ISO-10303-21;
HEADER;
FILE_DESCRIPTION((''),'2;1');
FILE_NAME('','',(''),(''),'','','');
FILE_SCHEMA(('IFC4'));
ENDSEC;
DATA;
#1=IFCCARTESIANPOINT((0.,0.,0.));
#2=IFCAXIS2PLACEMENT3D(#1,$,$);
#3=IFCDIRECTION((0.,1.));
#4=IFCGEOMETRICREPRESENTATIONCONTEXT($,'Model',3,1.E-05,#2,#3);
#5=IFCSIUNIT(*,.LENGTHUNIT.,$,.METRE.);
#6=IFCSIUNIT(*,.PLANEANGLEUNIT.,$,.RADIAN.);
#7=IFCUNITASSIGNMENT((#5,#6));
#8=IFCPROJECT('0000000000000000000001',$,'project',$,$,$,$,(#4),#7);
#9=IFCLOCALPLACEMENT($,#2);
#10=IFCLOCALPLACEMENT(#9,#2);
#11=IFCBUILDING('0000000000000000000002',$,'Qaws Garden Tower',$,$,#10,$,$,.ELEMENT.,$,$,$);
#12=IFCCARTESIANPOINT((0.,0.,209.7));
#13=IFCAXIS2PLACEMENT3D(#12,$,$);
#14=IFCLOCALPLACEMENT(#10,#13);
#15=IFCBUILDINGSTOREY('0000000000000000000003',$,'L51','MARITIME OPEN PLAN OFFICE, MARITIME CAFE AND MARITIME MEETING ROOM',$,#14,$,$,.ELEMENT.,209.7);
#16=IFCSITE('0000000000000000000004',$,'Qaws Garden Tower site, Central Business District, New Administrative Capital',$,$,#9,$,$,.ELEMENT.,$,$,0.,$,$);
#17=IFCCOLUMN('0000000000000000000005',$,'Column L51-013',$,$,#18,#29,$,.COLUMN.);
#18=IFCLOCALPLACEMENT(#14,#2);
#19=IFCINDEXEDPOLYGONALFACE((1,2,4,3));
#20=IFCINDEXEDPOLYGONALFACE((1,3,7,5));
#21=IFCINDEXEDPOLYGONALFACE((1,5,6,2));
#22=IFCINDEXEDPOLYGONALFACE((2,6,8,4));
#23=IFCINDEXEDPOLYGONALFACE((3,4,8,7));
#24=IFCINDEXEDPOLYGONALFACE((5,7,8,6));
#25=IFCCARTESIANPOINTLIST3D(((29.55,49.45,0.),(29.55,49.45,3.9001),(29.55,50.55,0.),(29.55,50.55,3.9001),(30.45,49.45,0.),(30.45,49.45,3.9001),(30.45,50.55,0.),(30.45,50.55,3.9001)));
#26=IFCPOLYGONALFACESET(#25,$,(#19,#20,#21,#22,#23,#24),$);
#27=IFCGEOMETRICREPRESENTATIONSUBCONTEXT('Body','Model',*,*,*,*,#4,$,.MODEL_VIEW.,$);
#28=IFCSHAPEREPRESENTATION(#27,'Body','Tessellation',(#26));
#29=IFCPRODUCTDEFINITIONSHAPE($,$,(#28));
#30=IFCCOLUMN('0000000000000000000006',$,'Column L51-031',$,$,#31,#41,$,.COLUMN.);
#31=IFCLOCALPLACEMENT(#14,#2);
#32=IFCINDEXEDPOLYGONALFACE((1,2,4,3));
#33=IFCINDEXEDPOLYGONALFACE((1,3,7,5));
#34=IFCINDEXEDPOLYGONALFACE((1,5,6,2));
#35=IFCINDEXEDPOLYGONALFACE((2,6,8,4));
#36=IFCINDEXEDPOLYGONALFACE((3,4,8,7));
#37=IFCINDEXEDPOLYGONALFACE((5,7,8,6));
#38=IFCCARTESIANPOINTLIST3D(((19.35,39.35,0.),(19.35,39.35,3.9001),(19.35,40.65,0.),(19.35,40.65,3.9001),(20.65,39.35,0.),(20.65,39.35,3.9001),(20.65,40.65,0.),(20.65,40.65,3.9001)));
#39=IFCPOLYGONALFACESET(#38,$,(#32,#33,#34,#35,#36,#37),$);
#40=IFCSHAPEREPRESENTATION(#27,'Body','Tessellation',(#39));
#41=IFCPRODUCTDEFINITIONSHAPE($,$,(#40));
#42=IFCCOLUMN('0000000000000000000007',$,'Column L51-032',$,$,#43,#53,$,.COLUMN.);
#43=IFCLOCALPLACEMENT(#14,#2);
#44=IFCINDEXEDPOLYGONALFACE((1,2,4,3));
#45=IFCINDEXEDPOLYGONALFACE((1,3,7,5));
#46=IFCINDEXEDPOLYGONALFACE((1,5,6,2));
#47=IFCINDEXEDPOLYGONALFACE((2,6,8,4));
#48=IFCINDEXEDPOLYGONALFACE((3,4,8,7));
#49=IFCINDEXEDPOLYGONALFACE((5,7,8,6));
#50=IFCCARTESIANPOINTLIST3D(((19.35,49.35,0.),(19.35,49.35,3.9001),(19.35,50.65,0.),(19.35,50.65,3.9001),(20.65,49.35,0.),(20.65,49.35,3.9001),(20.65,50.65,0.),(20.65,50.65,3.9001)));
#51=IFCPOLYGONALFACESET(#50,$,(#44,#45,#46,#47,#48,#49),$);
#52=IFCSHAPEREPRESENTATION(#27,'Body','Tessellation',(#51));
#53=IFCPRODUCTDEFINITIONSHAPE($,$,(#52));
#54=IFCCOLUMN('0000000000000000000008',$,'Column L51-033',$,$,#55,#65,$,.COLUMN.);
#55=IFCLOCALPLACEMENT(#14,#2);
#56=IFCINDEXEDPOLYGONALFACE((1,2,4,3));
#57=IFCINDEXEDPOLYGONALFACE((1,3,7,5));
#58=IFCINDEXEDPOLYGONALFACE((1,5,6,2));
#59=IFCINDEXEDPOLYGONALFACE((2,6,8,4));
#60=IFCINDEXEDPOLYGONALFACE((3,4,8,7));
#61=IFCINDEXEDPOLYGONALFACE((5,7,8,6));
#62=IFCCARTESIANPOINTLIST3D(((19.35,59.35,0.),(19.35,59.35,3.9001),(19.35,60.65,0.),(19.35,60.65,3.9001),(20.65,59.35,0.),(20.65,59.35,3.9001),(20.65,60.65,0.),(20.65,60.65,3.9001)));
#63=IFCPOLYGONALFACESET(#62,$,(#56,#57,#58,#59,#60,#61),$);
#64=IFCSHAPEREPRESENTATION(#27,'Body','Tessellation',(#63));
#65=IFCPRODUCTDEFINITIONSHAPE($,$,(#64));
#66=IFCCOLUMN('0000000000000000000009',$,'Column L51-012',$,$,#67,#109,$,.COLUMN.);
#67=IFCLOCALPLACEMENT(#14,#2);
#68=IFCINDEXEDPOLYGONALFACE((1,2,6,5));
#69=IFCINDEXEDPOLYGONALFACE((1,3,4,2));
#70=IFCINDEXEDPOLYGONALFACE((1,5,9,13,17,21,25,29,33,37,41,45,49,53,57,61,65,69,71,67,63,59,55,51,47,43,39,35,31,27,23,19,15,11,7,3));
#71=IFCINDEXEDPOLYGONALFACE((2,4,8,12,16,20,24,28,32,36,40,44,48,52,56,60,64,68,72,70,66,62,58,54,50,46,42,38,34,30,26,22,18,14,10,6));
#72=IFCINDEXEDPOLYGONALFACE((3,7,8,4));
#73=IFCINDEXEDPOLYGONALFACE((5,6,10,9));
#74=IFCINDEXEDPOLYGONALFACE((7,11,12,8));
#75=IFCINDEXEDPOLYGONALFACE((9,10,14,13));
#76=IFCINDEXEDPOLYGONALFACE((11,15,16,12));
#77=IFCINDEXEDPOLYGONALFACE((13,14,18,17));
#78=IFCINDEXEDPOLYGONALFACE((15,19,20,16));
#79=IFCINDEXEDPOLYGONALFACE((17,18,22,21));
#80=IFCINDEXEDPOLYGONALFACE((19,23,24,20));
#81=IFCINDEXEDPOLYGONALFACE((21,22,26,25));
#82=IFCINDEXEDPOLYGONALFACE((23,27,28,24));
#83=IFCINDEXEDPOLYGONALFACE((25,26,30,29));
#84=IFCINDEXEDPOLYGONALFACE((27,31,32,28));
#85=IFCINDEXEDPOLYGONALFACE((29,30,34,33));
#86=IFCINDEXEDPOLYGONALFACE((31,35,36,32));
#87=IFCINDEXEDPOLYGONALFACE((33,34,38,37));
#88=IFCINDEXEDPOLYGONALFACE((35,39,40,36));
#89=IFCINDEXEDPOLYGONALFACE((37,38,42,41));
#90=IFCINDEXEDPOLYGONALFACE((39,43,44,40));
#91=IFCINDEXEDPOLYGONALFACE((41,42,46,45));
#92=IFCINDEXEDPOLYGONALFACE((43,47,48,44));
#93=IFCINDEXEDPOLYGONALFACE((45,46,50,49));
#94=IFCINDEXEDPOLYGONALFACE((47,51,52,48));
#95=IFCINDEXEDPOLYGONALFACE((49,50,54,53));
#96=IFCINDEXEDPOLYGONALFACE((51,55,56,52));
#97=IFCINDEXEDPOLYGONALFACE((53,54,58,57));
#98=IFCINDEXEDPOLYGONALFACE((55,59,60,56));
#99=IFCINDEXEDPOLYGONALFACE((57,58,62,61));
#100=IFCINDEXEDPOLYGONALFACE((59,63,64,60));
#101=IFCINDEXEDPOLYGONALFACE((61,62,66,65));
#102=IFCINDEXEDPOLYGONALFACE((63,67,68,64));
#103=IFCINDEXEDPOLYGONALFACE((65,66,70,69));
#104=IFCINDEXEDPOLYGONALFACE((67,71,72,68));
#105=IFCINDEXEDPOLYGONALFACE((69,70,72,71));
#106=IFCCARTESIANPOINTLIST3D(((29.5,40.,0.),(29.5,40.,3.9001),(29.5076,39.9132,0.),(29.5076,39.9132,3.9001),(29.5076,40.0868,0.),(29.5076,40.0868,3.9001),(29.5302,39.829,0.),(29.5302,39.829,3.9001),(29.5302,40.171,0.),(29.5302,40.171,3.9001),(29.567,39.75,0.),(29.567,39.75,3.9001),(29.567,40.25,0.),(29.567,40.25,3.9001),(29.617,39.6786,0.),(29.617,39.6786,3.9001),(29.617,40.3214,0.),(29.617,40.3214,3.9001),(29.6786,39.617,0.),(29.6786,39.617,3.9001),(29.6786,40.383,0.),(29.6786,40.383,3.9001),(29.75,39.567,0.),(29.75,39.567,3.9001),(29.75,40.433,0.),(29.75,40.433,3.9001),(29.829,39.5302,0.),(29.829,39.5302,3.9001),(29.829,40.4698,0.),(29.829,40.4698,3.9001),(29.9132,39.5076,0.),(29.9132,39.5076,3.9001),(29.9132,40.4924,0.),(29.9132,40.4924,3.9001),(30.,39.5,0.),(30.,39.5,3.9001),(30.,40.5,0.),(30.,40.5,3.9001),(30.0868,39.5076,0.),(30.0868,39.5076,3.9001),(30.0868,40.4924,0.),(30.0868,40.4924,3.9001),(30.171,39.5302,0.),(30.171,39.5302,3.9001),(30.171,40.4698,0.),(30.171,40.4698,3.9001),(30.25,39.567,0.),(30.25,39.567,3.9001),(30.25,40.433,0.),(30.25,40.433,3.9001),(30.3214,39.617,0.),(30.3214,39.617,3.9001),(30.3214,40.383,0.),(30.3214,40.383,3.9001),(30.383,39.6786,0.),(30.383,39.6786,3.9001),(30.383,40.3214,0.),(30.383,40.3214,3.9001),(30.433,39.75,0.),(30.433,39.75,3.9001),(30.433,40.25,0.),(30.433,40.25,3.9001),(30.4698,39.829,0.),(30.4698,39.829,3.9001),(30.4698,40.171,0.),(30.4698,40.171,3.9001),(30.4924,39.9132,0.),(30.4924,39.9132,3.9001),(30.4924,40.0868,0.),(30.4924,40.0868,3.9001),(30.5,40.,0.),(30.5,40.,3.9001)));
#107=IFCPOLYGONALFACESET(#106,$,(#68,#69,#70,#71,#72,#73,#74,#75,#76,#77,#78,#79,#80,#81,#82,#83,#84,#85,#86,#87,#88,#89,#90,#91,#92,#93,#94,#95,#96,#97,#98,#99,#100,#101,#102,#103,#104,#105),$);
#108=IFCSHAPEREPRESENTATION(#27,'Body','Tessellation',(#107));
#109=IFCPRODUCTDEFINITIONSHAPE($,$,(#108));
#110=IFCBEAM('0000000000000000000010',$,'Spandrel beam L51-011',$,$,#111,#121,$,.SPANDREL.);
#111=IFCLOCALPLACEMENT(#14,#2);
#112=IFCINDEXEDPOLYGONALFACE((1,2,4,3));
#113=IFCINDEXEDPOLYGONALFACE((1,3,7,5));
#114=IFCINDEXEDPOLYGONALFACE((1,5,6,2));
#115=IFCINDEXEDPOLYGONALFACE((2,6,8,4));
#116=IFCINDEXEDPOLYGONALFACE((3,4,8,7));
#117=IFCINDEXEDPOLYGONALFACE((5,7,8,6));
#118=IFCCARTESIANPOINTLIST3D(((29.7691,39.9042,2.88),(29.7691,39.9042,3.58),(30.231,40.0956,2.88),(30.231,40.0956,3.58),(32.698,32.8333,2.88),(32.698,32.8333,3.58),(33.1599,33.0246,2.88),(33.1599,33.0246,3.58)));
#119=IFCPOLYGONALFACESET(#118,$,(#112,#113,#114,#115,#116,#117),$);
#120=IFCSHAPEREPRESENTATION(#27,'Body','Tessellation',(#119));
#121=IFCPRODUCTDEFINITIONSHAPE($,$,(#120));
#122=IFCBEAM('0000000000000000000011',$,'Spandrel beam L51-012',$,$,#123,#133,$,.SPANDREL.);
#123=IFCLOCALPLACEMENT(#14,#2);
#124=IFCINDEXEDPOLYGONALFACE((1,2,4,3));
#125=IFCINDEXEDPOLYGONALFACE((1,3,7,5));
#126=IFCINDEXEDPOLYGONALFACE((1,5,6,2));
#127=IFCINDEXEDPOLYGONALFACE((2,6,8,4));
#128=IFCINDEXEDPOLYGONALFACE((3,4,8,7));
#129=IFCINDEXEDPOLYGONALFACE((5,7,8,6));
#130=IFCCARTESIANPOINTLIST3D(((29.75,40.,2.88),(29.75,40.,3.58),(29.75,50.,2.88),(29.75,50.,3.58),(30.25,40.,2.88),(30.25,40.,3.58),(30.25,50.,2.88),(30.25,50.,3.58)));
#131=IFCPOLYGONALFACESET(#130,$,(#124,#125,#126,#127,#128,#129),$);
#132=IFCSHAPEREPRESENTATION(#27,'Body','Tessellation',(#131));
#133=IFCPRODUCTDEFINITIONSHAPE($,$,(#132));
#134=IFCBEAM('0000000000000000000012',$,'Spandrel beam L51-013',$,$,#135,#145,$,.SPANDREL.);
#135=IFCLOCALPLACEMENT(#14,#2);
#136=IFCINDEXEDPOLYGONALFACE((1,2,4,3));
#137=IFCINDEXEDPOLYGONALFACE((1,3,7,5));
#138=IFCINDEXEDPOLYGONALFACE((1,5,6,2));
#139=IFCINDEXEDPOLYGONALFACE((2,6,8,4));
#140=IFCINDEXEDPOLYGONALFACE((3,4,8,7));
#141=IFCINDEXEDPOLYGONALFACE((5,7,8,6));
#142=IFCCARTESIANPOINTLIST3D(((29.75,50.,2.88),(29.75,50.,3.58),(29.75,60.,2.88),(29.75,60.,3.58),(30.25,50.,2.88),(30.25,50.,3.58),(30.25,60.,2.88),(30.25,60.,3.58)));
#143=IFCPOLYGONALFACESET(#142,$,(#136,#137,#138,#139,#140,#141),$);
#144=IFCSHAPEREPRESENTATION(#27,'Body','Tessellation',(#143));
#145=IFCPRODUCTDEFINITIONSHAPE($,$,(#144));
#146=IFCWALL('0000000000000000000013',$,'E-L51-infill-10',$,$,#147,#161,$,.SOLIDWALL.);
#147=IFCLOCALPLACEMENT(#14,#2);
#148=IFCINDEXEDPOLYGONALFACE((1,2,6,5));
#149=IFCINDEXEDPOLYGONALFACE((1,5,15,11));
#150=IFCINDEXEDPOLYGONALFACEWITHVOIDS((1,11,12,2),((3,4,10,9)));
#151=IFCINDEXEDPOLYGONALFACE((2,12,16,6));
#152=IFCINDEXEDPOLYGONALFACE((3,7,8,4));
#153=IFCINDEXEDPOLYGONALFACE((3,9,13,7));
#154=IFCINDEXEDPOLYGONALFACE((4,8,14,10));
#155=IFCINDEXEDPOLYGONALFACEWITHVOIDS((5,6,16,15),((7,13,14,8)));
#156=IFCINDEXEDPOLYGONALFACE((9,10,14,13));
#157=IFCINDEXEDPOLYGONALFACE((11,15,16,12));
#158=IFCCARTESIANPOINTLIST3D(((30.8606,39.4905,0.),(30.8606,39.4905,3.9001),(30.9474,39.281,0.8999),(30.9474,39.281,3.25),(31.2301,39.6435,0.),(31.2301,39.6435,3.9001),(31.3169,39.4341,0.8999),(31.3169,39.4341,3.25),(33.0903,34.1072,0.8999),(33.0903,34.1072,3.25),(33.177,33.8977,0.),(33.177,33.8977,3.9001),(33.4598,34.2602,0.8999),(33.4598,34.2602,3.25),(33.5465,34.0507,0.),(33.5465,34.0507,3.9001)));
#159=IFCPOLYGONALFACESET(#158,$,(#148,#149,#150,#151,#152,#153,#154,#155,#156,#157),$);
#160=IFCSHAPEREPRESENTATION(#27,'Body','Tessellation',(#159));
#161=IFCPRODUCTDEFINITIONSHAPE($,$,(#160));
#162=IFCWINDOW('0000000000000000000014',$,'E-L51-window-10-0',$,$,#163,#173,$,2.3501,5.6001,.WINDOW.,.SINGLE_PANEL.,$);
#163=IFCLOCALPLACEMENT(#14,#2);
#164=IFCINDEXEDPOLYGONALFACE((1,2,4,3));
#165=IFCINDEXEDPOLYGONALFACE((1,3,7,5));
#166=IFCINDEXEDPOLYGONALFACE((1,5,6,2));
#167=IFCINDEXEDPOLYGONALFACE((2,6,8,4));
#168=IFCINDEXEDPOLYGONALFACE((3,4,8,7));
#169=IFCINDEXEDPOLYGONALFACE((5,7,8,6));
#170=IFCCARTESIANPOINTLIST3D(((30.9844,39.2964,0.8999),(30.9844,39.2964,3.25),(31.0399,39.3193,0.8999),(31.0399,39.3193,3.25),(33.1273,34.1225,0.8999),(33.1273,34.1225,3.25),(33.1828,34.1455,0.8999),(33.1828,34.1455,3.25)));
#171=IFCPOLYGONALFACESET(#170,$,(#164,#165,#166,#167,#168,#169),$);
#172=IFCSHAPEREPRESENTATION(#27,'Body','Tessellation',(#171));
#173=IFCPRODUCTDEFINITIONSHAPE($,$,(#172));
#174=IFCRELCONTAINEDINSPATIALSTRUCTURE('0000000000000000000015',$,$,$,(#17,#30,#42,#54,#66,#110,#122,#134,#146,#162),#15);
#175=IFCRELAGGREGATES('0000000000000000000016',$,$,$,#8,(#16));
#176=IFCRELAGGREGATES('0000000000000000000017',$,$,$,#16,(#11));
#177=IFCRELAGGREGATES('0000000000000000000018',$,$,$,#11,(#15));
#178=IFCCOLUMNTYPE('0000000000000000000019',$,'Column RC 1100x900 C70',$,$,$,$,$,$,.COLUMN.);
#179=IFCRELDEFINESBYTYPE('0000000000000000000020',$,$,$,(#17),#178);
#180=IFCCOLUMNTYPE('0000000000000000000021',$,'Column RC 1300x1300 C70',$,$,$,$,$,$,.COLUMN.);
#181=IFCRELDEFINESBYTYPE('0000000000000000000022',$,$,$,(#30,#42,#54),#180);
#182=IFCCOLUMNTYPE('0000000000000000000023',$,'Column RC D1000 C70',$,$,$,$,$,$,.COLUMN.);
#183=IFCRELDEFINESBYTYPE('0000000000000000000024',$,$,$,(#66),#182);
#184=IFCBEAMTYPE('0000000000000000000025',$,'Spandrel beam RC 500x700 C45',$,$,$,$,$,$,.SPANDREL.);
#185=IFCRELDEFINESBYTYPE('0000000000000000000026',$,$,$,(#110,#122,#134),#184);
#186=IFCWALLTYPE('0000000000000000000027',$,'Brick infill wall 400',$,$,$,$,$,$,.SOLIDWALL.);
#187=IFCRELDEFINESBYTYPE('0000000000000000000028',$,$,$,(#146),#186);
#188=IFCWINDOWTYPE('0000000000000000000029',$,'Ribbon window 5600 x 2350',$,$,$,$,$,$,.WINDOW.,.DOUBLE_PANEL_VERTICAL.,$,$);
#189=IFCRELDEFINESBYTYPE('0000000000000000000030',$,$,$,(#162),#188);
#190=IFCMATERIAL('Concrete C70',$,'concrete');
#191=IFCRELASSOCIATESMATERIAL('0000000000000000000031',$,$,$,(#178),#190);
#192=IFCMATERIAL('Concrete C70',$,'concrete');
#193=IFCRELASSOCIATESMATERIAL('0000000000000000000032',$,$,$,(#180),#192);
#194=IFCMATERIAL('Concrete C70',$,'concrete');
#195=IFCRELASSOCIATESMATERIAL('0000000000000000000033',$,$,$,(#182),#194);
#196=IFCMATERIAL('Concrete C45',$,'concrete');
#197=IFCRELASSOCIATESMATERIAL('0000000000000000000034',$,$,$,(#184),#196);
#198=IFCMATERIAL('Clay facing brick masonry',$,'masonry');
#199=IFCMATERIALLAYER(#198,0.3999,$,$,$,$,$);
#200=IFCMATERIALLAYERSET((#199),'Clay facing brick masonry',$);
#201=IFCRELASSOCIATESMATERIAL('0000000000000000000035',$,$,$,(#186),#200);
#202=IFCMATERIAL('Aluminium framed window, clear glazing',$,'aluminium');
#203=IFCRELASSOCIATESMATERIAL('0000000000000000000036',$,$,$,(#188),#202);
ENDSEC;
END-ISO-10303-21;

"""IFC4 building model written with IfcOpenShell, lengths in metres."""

from ifc_helpers import new_model, si_unit, direction, frame, frame_2d, origin, origin_2d, place, context, subcontext, project, spatial, rectangle, circle, extrude, material, layer, layer_set, material_profile, profile_set, type_object, element, fill, save


model = new_model("IFC4")

# Units and contexts
model_context = context("Model", 3, precision=1e-05, world=origin(), true_north=direction((0.0, 1.0)))
body_context = subcontext(model_context, "Body", "Model", "MODEL_VIEW")
ifc_project = project(units=[si_unit("LENGTHUNIT", "METRE"), si_unit("PLANEANGLEUNIT", "RADIAN")], contexts=[model_context])

# Site, building, storey
site_placement = place(None, origin())
site = spatial("IfcSite", under=ifc_project, at=site_placement, Name="Qaws Garden Tower site, Central Business District, New Administrative Capital", CompositionType="ELEMENT", RefElevation=0.0)
building_placement = place(site_placement, origin())
building = spatial("IfcBuilding", under=site, at=building_placement, Name="Qaws Garden Tower", CompositionType="ELEMENT")
storey_placement = place(building_placement, frame((0.0, 0.0, 209.7)))
storey = spatial("IfcBuildingStorey", under=building, at=storey_placement, Name="L51", Description="MARITIME OPEN PLAN OFFICE, MARITIME CAFE AND MARITIME MEETING ROOM", CompositionType="ELEMENT", Elevation=209.7)

# Columns
ifc_material_1 = material(Name="Concrete C70", Category="concrete")
ifc_material_profile_1 = material_profile(ifc_material_1, rectangle(XDim=1.1001, YDim=0.8999, at=origin_2d()), Name="RC 1100x900")
ifc_profile_set_1 = profile_set([ifc_material_profile_1], Name="Concrete C70")
column_type_1 = type_object("IfcColumnType", Name="Column RC 1100x900 C70", PredefinedType="COLUMN", material=ifc_profile_set_1)
column_1_placement = place(storey_placement, frame((30.0, 50.0, 0.0), z_axis=(0.0, 0.0, 1.0), x_axis=(0.0, 1.0, 0.0)))
element("IfcColumn", 1, at=column_1_placement, inside=storey, type_object=column_type_1, Name="Column L51-013", PredefinedType="COLUMN", context=body_context, shape_type="SweptSolid", body=[
    extrude(rectangle(XDim=1.1001, YDim=0.8999, at=origin_2d()), origin(), (0.0, 0.0, 1.0), 3.9001),
])
ifc_material_2 = material(Name="Concrete C70", Category="concrete")
ifc_material_profile_2 = material_profile(ifc_material_2, rectangle(XDim=1.3, YDim=1.3, at=origin_2d()), Name="RC 1300x1300")
ifc_profile_set_2 = profile_set([ifc_material_profile_2], Name="Concrete C70")
column_type_2 = type_object("IfcColumnType", Name="Column RC 1300x1300 C70", PredefinedType="COLUMN", material=ifc_profile_set_2)
for number, where, z_axis, x_axis, name in (
    (2, (20.0, 40.0, 0.0), (0.0, 0.0, 1.0), (1.0, 0.0, 0.0), "Column L51-031"),
    (3, (20.0, 50.0, 0.0), (0.0, 0.0, 1.0), (1.0, 0.0, 0.0), "Column L51-032"),
    (4, (20.0, 60.0, 0.0), (0.0, 0.0, 1.0), (1.0, 0.0, 0.0), "Column L51-033"),
):
    element("IfcColumn", number, at=place(storey_placement, frame(where, z_axis=z_axis, x_axis=x_axis)), inside=storey, type_object=column_type_2, Name=name, PredefinedType="COLUMN", context=body_context, shape_type="SweptSolid", body=[
        extrude(rectangle(XDim=1.3, YDim=1.3, at=origin_2d()), origin(), (0.0, 0.0, 1.0), 3.9001),
    ])
ifc_material_3 = material(Name="Concrete C70", Category="concrete")
ifc_material_profile_3 = material_profile(ifc_material_3, circle(Radius=0.5, at=origin_2d()), Name="RC D1000")
ifc_profile_set_3 = profile_set([ifc_material_profile_3], Name="Concrete C70")
column_type_3 = type_object("IfcColumnType", Name="Column RC D1000 C70", PredefinedType="COLUMN", material=ifc_profile_set_3)
column_2_placement = place(storey_placement, frame((30.0, 40.0, 0.0), z_axis=(0.0, 0.0, 1.0), x_axis=(1.0, 0.0, 0.0)))
element("IfcColumn", 5, at=column_2_placement, inside=storey, type_object=column_type_3, Name="Column L51-012", PredefinedType="COLUMN", context=body_context, shape_type="SweptSolid", body=[
    extrude(circle(Radius=0.5, at=origin_2d()), origin(), (0.0, 0.0, 1.0), 3.9001),
])

# Beams
ifc_material_4 = material(Name="Concrete C45", Category="concrete")
ifc_material_profile_4 = material_profile(ifc_material_4, rectangle(XDim=0.5, YDim=0.7, at=origin_2d()), Name="RC 500x700")
ifc_profile_set_4 = profile_set([ifc_material_profile_4], Name="Concrete C45")
beam_type = type_object("IfcBeamType", Name="Spandrel beam RC 500x700 C45", PredefinedType="SPANDREL", material=ifc_profile_set_4)
beam_placement = place(storey_placement, frame((32.929, 32.929, 3.23), z_axis=(-0.382687, 0.923878, 0.0), x_axis=(-0.923878, -0.382687, 0.0)))
element("IfcBeam", 6, at=beam_placement, inside=storey, type_object=beam_type, Name="Spandrel beam L51-011", PredefinedType="SPANDREL", context=body_context, shape_type="SweptSolid", body=[
    extrude(rectangle(XDim=0.5, YDim=0.7, at=origin_2d()), origin(), (0.0, 0.0, 1.0), 7.6536),
])
for number, where, z_axis, x_axis, name in (
    (7, (30.0, 40.0, 3.23), (0.0, 1.0, 0.0), (-1.0, 0.0, 0.0), "Spandrel beam L51-012"),
    (8, (30.0, 50.0, 3.23), (0.0, 1.0, 0.0), (-1.0, 0.0, 0.0), "Spandrel beam L51-013"),
):
    element("IfcBeam", number, at=place(storey_placement, frame(where, z_axis=z_axis, x_axis=x_axis)), inside=storey, type_object=beam_type, Name=name, PredefinedType="SPANDREL", context=body_context, shape_type="SweptSolid", body=[
        extrude(rectangle(XDim=0.5, YDim=0.7, at=origin_2d()), origin(), (0.0, 0.0, 1.0), 10.0),
    ])

# Wall, opening, window
ifc_material_5 = material(Name="Clay facing brick masonry", Category="masonry")
ifc_layer_1 = layer(ifc_material_5, 0.3999)
ifc_layer_set_1 = layer_set([ifc_layer_1], Name="Clay facing brick masonry")
wall_type_1 = type_object("IfcWallType", Name="Brick infill wall 400", PredefinedType="SOLIDWALL", material=ifc_layer_set_1)
wall_1_placement = place(storey_placement, frame((33.3618, 33.9741, 0.0), z_axis=(0.0, 0.0, 1.0), x_axis=(-0.382656, 0.923891, 0.0)))
wall_1 = element("IfcWall", 9, at=wall_1_placement, inside=storey, type_object=wall_type_1, Name="E-L51-infill-10", PredefinedType="SOLIDWALL", context=body_context, shape_type="SweptSolid", body=[
    extrude(rectangle(XDim=6.0535, YDim=0.3999, at=frame_2d((3.0269, 0.0))), origin(), (0.0, 0.0, 1.0), 3.9001),
])
opening_1_placement = place(wall_1_placement, frame((0.2268, 0.0, 0.8999)))
opening_1 = element("IfcOpeningElement", 10, at=opening_1_placement, cuts=wall_1, PredefinedType="OPENING", context=body_context, shape_type="SweptSolid", body=[
    extrude(rectangle(XDim=5.6001, YDim=2.3501, at=frame_2d((2.8, 1.175))), frame((0.0, 0.21, 0.0), z_axis=(0.0, -1.0, 0.0), x_axis=(1.0, 0.0, 0.0)), (0.0, 0.0, 1.0), 0.4199),
])
ifc_material_6 = material(Name="Aluminium framed window, clear glazing", Category="aluminium")
window_type_1 = type_object("IfcWindowType", Name="Ribbon window 5600 x 2350", PartitioningType="DOUBLE_PANEL_VERTICAL", PredefinedType="WINDOW", material=ifc_material_6)
window_1_placement = place(opening_1_placement, origin())
window_1 = element("IfcWindow", 11, at=window_1_placement, inside=storey, type_object=window_type_1, Name="E-L51-window-10-0", OverallHeight=2.3501, OverallWidth=5.6001, PartitioningType="SINGLE_PANEL", PredefinedType="WINDOW", context=body_context, shape_type="SweptSolid", body=[
    extrude(rectangle(XDim=5.6001, YDim=2.3501, at=frame_2d((2.8, 1.175))), frame((0.0, 0.1599, 0.0), z_axis=(0.0, -1.0, 0.0), x_axis=(1.0, 0.0, 0.0)), (0.0, 0.0, 1.0), 0.0601),
])
fill(opening_1, window_1)

save(model, "model.ifc")
